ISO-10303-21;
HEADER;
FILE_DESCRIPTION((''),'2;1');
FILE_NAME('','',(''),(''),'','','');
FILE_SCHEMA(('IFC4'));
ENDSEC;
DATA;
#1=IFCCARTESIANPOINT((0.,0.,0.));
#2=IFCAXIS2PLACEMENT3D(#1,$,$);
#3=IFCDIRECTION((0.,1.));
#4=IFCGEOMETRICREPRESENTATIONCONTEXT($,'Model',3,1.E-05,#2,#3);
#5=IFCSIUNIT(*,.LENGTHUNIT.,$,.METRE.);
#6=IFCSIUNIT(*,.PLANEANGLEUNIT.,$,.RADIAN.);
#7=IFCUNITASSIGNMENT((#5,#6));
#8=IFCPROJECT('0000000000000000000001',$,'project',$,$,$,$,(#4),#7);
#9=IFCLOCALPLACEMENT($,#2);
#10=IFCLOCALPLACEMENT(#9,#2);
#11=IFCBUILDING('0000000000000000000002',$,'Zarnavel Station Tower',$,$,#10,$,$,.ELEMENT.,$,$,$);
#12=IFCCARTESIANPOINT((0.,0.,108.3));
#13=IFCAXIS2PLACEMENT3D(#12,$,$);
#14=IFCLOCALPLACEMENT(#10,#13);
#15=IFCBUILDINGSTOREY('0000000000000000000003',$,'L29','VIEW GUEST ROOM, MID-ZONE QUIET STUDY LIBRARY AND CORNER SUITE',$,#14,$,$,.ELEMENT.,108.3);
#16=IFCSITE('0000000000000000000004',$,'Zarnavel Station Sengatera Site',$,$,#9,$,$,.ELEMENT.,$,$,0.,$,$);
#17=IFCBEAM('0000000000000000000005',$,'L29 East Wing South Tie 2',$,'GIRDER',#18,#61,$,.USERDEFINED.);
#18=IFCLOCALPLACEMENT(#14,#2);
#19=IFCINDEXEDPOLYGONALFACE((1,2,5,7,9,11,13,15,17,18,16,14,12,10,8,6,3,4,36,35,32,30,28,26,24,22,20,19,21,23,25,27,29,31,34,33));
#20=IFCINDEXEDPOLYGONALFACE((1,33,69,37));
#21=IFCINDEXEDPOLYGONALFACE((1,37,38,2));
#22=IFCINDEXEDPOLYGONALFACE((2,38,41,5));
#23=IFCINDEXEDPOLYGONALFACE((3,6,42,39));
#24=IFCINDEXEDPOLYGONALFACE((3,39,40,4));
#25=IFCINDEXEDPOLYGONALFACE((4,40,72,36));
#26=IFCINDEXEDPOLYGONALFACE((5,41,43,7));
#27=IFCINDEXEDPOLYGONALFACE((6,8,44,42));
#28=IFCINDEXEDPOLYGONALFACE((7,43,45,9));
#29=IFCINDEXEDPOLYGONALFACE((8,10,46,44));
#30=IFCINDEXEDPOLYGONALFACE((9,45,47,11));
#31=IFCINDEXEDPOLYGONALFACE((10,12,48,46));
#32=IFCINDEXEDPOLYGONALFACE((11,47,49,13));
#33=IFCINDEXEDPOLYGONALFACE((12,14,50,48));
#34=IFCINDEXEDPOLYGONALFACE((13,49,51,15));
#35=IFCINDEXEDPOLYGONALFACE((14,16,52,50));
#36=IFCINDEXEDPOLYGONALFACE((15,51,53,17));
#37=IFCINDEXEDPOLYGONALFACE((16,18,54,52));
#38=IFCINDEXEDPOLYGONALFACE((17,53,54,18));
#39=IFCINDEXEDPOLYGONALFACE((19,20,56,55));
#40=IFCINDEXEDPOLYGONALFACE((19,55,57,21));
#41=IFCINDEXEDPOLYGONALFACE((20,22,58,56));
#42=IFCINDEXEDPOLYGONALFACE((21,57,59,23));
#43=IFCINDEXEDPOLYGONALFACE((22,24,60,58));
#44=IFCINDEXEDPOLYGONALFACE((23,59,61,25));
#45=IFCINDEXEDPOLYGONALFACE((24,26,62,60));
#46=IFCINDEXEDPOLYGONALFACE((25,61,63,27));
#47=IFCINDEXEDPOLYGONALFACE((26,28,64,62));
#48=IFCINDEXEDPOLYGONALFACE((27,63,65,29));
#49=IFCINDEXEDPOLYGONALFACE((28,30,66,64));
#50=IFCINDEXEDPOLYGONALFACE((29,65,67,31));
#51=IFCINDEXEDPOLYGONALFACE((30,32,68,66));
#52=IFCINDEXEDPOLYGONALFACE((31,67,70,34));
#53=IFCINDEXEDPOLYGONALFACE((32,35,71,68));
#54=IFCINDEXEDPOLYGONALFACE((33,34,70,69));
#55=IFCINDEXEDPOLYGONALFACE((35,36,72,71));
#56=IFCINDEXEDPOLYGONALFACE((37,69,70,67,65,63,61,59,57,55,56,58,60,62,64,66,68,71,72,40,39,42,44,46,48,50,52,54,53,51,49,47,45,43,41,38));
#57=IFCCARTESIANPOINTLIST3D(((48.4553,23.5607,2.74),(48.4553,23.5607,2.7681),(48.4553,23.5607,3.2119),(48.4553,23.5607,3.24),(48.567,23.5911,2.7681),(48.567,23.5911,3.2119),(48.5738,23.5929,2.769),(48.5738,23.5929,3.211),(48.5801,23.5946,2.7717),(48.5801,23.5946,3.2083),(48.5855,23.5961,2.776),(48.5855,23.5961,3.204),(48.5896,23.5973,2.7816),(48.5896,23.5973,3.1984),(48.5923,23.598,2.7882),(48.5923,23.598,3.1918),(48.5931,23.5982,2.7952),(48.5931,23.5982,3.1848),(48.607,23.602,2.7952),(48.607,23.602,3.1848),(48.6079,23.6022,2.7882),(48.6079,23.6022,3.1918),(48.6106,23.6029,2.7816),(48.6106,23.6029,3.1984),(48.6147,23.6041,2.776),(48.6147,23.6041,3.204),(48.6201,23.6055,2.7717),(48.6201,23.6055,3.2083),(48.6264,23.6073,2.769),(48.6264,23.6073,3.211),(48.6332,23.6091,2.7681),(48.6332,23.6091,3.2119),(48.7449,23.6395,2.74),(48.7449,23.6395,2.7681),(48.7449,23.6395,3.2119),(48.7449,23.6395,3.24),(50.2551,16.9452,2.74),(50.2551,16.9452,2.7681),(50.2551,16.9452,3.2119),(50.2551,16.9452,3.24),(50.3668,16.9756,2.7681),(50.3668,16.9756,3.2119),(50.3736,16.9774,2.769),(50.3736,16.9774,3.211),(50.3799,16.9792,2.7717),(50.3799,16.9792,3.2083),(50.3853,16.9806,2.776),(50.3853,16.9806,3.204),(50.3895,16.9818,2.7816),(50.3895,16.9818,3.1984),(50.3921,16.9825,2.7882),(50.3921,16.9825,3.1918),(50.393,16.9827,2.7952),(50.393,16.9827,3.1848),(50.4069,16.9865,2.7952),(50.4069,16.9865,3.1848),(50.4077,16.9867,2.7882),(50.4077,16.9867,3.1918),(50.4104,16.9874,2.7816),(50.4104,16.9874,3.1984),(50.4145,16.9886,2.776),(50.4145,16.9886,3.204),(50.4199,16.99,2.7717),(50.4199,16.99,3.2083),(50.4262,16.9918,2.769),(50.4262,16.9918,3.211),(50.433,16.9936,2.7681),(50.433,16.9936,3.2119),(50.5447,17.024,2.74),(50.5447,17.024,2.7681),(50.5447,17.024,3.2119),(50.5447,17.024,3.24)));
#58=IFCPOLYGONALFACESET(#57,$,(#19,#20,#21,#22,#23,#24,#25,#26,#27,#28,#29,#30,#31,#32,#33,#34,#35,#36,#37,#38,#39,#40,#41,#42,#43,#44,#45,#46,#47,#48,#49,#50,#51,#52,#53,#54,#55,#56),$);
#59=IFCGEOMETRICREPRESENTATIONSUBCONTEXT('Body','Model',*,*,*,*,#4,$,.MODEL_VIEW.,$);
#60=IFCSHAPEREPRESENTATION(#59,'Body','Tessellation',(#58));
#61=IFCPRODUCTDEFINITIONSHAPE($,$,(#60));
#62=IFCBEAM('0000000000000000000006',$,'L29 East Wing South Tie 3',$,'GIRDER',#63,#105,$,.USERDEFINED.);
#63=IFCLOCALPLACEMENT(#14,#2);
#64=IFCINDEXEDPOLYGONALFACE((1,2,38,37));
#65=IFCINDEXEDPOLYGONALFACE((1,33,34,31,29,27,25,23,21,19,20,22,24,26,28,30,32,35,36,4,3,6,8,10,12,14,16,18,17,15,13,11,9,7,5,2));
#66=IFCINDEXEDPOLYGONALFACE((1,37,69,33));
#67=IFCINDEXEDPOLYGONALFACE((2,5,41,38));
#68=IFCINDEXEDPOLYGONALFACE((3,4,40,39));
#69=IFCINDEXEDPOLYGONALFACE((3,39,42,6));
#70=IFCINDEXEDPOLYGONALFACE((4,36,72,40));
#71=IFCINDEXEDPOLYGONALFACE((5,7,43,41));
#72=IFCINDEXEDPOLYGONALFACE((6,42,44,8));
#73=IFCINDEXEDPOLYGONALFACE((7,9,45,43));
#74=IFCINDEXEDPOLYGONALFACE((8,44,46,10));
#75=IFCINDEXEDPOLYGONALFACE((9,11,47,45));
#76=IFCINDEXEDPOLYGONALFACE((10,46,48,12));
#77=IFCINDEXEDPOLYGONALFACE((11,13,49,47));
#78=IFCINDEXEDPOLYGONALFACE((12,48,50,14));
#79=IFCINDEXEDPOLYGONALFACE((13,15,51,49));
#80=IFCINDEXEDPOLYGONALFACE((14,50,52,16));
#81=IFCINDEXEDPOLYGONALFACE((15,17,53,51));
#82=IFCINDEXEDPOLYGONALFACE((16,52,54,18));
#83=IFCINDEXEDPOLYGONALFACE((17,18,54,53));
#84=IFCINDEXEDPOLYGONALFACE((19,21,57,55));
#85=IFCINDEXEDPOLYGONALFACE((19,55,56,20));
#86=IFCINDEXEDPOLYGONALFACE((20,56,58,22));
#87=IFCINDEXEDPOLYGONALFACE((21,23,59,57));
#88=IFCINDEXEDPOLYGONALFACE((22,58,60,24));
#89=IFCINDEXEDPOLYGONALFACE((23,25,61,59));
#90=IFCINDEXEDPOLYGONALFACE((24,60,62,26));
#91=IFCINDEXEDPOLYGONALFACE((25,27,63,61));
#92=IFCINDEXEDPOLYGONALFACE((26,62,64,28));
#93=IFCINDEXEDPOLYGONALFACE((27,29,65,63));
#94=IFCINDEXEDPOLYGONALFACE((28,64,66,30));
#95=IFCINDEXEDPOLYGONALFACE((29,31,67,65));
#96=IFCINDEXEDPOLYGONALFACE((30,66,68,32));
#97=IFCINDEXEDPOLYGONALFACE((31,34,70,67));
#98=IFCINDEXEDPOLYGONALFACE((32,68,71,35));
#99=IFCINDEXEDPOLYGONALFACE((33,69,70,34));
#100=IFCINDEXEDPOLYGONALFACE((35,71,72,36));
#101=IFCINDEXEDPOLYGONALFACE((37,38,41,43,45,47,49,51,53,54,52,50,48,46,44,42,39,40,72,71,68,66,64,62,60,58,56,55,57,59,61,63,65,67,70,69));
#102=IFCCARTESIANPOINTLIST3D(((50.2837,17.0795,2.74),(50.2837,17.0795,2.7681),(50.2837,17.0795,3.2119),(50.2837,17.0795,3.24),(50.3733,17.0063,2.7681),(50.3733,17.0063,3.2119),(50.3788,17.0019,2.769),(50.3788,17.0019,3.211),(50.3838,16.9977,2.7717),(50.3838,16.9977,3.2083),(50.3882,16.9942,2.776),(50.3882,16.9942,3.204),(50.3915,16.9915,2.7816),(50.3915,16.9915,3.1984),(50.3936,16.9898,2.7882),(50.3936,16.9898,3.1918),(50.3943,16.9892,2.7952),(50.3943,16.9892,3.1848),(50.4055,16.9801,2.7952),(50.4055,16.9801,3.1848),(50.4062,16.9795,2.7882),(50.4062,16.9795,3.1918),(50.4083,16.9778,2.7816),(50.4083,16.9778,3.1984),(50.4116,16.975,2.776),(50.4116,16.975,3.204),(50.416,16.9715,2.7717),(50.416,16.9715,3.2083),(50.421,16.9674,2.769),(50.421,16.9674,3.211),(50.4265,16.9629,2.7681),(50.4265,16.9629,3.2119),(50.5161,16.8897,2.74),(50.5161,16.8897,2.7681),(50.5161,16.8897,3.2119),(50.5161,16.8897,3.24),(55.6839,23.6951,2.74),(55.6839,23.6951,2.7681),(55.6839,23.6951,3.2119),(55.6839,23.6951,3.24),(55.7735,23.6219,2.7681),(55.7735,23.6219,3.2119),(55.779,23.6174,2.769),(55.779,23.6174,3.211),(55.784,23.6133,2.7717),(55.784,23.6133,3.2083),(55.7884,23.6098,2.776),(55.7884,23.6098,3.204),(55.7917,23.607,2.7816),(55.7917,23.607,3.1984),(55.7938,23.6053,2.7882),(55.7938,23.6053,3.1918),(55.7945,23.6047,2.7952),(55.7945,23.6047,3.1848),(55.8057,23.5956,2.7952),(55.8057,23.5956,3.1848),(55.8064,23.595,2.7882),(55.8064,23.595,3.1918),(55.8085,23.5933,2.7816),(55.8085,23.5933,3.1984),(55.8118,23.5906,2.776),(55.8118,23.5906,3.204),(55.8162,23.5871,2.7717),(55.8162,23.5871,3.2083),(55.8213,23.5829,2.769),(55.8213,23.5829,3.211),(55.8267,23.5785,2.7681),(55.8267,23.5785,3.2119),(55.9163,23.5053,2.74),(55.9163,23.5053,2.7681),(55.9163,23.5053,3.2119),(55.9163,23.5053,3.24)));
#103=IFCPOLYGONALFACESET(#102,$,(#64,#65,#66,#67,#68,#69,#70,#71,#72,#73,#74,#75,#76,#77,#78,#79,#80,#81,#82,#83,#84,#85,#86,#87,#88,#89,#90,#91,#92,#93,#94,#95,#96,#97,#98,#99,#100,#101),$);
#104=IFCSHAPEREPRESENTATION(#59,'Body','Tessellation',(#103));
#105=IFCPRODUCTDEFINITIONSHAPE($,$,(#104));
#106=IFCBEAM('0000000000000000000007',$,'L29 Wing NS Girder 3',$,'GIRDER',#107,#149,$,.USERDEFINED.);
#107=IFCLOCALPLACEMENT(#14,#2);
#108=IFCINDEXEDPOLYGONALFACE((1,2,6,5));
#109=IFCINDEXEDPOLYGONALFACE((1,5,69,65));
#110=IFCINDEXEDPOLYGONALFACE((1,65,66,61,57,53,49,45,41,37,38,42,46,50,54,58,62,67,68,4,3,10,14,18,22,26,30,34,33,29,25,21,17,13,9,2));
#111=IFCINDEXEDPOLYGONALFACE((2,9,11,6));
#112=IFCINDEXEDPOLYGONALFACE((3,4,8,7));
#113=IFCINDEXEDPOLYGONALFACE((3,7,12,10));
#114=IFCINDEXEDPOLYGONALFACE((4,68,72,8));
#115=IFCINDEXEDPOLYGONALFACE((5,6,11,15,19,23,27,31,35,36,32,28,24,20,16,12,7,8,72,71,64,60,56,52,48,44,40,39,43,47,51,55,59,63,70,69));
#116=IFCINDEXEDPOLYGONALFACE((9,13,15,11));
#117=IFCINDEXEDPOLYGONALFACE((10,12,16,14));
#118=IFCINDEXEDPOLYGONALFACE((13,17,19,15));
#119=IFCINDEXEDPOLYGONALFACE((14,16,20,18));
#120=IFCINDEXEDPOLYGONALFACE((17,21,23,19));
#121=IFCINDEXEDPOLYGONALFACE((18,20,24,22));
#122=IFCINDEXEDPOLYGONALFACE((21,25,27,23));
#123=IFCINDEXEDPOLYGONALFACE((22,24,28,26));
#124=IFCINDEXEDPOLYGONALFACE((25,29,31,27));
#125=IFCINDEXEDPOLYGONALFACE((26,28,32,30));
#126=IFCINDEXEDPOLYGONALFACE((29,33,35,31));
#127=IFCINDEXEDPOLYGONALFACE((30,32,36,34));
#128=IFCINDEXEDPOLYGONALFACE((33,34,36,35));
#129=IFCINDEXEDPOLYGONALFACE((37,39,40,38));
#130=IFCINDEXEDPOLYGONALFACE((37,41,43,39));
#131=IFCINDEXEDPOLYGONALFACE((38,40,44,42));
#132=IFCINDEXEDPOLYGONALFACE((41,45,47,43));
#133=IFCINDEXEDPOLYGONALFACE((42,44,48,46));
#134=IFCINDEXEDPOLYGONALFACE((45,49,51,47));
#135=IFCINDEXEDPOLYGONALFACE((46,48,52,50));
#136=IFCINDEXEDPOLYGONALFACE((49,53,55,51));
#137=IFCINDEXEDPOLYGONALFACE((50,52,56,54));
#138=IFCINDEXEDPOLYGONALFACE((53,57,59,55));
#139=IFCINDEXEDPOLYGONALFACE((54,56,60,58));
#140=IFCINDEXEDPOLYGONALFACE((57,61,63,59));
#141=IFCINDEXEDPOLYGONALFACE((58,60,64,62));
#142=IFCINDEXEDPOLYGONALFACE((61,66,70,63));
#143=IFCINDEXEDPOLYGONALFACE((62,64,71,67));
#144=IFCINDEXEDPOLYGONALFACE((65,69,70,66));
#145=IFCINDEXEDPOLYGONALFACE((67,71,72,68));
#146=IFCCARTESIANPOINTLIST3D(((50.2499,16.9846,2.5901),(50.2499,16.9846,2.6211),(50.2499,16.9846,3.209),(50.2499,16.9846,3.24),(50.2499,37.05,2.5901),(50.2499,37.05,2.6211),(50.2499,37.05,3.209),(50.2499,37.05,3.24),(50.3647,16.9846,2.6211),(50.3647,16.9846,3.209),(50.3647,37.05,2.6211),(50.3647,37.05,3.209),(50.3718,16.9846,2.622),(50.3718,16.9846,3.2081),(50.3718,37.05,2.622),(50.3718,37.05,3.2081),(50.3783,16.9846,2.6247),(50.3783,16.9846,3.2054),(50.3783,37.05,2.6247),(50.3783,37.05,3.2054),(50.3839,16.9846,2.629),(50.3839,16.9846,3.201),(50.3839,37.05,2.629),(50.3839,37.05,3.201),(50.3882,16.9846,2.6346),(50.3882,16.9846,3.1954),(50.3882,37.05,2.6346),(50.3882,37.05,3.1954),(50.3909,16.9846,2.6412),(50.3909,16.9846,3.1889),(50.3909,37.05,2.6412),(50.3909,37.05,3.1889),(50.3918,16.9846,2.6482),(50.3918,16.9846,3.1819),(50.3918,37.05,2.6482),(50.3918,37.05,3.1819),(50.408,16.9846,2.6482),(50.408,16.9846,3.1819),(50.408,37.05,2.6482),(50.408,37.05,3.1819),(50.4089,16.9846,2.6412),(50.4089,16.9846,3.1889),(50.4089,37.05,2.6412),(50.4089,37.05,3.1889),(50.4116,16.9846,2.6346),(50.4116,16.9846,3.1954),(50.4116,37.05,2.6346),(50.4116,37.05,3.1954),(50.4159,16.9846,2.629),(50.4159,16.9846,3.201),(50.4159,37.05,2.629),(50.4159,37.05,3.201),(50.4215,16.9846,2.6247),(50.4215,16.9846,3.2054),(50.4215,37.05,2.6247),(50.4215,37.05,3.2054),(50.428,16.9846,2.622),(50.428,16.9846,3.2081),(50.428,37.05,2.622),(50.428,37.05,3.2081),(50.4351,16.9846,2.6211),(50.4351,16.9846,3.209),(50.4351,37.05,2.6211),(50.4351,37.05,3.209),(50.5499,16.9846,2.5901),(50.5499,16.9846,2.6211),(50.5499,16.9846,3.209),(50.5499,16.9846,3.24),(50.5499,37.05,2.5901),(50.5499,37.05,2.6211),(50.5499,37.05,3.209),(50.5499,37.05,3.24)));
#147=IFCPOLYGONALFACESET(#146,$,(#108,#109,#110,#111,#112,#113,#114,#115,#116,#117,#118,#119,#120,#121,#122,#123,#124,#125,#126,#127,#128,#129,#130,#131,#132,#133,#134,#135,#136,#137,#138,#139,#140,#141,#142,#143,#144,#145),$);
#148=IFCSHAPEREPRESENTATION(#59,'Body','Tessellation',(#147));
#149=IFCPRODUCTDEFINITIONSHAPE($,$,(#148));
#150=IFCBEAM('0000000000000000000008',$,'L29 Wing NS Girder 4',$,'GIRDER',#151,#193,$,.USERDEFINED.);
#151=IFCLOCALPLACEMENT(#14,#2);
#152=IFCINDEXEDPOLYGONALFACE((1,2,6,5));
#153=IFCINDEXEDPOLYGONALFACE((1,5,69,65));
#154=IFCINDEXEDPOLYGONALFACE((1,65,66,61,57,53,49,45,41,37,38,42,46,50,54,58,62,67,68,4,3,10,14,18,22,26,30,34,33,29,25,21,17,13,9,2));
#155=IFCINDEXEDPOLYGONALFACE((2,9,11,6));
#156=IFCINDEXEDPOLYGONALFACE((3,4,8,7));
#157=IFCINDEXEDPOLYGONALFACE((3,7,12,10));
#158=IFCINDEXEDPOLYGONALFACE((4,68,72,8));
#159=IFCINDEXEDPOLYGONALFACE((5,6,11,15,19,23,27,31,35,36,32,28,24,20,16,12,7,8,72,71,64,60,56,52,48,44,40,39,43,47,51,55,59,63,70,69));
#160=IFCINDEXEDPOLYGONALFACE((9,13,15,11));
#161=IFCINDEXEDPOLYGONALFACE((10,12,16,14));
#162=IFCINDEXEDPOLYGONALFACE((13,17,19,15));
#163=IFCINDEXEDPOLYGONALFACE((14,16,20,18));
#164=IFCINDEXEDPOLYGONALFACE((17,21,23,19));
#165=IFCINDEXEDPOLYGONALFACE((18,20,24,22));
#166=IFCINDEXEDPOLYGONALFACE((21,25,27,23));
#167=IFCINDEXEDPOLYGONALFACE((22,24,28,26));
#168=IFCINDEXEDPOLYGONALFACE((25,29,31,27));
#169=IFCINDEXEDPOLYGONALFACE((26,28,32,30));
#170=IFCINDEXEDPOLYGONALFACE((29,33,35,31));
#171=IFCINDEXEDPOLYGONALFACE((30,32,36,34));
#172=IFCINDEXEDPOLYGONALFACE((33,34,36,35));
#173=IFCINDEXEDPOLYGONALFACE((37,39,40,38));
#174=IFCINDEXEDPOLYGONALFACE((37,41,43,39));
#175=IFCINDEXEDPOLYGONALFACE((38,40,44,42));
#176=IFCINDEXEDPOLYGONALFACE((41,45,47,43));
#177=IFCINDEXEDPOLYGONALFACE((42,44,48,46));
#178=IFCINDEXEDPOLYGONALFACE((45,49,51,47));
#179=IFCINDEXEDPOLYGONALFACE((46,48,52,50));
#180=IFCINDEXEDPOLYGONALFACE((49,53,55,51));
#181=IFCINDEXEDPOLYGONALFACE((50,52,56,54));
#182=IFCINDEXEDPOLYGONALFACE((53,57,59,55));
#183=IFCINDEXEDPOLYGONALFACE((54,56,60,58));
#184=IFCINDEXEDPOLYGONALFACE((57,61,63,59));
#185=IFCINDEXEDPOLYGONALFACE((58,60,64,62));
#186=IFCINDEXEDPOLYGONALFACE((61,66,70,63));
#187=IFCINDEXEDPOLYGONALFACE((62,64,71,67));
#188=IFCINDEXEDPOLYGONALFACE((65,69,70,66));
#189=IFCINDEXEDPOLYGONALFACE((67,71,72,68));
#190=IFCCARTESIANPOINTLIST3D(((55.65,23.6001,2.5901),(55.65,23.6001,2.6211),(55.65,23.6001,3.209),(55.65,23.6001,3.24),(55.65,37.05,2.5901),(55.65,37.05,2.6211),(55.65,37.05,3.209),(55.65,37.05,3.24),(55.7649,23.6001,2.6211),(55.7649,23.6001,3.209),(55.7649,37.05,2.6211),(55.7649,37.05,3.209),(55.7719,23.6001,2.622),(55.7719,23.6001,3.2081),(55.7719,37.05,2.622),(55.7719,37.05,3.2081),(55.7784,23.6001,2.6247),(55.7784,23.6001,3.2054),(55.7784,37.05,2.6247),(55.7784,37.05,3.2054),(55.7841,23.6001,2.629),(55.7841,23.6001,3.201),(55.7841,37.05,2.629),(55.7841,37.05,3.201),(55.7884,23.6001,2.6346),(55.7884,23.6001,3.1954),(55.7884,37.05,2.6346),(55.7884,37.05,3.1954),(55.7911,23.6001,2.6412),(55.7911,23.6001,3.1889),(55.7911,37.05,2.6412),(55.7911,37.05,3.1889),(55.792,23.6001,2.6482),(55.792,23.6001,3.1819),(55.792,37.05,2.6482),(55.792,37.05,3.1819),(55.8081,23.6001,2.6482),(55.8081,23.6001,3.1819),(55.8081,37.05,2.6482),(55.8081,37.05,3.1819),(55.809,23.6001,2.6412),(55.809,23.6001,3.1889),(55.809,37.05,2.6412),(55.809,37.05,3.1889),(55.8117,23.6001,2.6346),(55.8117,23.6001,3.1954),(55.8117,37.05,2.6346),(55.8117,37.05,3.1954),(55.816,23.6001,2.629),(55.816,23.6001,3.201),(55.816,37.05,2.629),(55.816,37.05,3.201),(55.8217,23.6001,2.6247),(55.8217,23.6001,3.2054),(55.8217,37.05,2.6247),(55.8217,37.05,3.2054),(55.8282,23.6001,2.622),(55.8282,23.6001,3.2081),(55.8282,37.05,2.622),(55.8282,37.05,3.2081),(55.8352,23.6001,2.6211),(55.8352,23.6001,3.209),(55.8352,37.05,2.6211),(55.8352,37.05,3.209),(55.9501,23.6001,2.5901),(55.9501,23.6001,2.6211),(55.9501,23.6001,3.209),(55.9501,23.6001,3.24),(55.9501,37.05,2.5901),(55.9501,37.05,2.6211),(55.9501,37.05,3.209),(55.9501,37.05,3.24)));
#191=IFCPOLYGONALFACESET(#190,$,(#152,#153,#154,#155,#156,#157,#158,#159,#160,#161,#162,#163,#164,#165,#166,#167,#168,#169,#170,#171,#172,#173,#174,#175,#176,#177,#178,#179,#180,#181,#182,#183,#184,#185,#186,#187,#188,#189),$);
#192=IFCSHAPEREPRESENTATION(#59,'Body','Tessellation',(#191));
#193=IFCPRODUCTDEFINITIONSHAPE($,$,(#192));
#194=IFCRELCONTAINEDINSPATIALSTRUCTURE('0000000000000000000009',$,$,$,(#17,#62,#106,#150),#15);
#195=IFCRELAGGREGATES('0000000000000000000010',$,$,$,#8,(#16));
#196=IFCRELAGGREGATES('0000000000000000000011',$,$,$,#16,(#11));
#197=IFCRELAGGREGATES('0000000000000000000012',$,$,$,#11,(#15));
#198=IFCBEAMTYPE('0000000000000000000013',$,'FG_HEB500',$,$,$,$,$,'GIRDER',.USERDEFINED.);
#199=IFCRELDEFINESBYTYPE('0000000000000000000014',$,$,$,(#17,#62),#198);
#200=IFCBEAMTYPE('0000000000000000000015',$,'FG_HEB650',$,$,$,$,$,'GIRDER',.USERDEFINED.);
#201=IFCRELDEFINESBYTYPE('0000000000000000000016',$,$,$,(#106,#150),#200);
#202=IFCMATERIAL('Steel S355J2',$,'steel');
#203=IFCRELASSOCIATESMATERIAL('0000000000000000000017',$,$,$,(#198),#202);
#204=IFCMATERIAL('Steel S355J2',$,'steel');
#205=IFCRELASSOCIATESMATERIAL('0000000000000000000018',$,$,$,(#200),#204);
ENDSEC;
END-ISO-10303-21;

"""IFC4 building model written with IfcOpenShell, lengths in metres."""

from ifc_helpers import new_model, si_unit, direction, frame, origin, origin_2d, place, context, subcontext, project, spatial, i_section, extrude, material, material_profile, profile_set, type_object, element, save


model = new_model("IFC4")

# Units and contexts
model_context = context("Model", 3, precision=1e-05, world=origin(), true_north=direction((0.0, 1.0)))
body_context = subcontext(model_context, "Body", "Model", "MODEL_VIEW")
ifc_project = project(units=[si_unit("LENGTHUNIT", "METRE"), si_unit("PLANEANGLEUNIT", "RADIAN")], contexts=[model_context])

# Site, building, storey
site_placement = place(None, origin())
site = spatial("IfcSite", under=ifc_project, at=site_placement, Name="Zarnavel Station Sengatera Site", CompositionType="ELEMENT", RefElevation=0.0)
building_placement = place(site_placement, origin())
building = spatial("IfcBuilding", under=site, at=building_placement, Name="Zarnavel Station Tower", CompositionType="ELEMENT")
storey_placement = place(building_placement, frame((0.0, 0.0, 108.3)))
storey = spatial("IfcBuildingStorey", under=building, at=storey_placement, Name="L29", Description="VIEW GUEST ROOM, MID-ZONE QUIET STUDY LIBRARY AND CORNER SUITE", CompositionType="ELEMENT", Elevation=108.3)

# Beams
ifc_material_1 = material(Name="Steel S355J2", Category="steel")
ifc_material_profile_1 = material_profile(ifc_material_1, i_section(OverallWidth=0.3, OverallDepth=0.5, WebThickness=0.0144, FlangeThickness=0.0281, FilletRadius=0.0271, at=origin_2d()), Name="HEB500")
ifc_profile_set_1 = profile_set([ifc_material_profile_1], Name="Steel S355J2")
beam_type_1 = type_object("IfcBeamType", Name="FG_HEB500", ElementType="GIRDER", PredefinedType="USERDEFINED", material=ifc_profile_set_1)
beam_1_placement = place(storey_placement, frame((48.6001, 23.6001, 2.99), z_axis=(0.262518, -0.964927, 0.0), x_axis=(0.964927, 0.262518, 0.0)))
element("IfcBeam", 1, at=beam_1_placement, inside=storey, type_object=beam_type_1, Name="L29 East Wing South Tie 2", ObjectType="GIRDER", PredefinedType="USERDEFINED", context=body_context, shape_type="SweptSolid", body=[
    extrude(i_section(OverallWidth=0.3, OverallDepth=0.5, WebThickness=0.0144, FlangeThickness=0.0281, FilletRadius=0.0271, at=origin_2d()), origin(), (0.0, 0.0, 1.0), 6.856),
])
beam_2_placement = place(storey_placement, frame((50.3999, 16.9846, 2.99), z_axis=(0.632359, 0.774675, 0.0), x_axis=(-0.774675, 0.632359, 0.0)))
element("IfcBeam", 2, at=beam_2_placement, inside=storey, type_object=beam_type_1, Name="L29 East Wing South Tie 3", ObjectType="GIRDER", PredefinedType="USERDEFINED", context=body_context, shape_type="SweptSolid", body=[
    extrude(i_section(OverallWidth=0.3, OverallDepth=0.5, WebThickness=0.0144, FlangeThickness=0.0281, FilletRadius=0.0271, at=origin_2d()), origin(), (0.0, 0.0, 1.0), 8.5398),
])
ifc_material_2 = material(Name="Steel S355J2", Category="steel")
ifc_material_profile_2 = material_profile(ifc_material_2, i_section(OverallWidth=0.3, OverallDepth=0.6499, WebThickness=0.0161, FlangeThickness=0.031, FilletRadius=0.0271, at=origin_2d()), Name="HEB650")
ifc_profile_set_2 = profile_set([ifc_material_profile_2], Name="Steel S355J2")
beam_type_2 = type_object("IfcBeamType", Name="FG_HEB650", ElementType="GIRDER", PredefinedType="USERDEFINED", material=ifc_profile_set_2)
beam_3_placement = place(storey_placement, frame((50.3999, 16.9846, 2.915), z_axis=(0.0, 1.0, 0.0), x_axis=(-1.0, 0.0, 0.0)))
element("IfcBeam", 3, at=beam_3_placement, inside=storey, type_object=beam_type_2, Name="L29 Wing NS Girder 3", ObjectType="GIRDER", PredefinedType="USERDEFINED", context=body_context, shape_type="SweptSolid", body=[
    extrude(i_section(OverallWidth=0.3, OverallDepth=0.6499, WebThickness=0.0161, FlangeThickness=0.031, FilletRadius=0.0271, at=origin_2d()), origin(), (0.0, 0.0, 1.0), 20.0654),
])
beam_4_placement = place(storey_placement, frame((55.8, 23.6001, 2.915), z_axis=(0.0, 1.0, 0.0), x_axis=(-1.0, 0.0, 0.0)))
element("IfcBeam", 4, at=beam_4_placement, inside=storey, type_object=beam_type_2, Name="L29 Wing NS Girder 4", ObjectType="GIRDER", PredefinedType="USERDEFINED", context=body_context, shape_type="SweptSolid", body=[
    extrude(i_section(OverallWidth=0.3, OverallDepth=0.6499, WebThickness=0.0161, FlangeThickness=0.031, FilletRadius=0.0271, at=origin_2d()), origin(), (0.0, 0.0, 1.0), 13.45),
])

save(model, "model.ifc")
